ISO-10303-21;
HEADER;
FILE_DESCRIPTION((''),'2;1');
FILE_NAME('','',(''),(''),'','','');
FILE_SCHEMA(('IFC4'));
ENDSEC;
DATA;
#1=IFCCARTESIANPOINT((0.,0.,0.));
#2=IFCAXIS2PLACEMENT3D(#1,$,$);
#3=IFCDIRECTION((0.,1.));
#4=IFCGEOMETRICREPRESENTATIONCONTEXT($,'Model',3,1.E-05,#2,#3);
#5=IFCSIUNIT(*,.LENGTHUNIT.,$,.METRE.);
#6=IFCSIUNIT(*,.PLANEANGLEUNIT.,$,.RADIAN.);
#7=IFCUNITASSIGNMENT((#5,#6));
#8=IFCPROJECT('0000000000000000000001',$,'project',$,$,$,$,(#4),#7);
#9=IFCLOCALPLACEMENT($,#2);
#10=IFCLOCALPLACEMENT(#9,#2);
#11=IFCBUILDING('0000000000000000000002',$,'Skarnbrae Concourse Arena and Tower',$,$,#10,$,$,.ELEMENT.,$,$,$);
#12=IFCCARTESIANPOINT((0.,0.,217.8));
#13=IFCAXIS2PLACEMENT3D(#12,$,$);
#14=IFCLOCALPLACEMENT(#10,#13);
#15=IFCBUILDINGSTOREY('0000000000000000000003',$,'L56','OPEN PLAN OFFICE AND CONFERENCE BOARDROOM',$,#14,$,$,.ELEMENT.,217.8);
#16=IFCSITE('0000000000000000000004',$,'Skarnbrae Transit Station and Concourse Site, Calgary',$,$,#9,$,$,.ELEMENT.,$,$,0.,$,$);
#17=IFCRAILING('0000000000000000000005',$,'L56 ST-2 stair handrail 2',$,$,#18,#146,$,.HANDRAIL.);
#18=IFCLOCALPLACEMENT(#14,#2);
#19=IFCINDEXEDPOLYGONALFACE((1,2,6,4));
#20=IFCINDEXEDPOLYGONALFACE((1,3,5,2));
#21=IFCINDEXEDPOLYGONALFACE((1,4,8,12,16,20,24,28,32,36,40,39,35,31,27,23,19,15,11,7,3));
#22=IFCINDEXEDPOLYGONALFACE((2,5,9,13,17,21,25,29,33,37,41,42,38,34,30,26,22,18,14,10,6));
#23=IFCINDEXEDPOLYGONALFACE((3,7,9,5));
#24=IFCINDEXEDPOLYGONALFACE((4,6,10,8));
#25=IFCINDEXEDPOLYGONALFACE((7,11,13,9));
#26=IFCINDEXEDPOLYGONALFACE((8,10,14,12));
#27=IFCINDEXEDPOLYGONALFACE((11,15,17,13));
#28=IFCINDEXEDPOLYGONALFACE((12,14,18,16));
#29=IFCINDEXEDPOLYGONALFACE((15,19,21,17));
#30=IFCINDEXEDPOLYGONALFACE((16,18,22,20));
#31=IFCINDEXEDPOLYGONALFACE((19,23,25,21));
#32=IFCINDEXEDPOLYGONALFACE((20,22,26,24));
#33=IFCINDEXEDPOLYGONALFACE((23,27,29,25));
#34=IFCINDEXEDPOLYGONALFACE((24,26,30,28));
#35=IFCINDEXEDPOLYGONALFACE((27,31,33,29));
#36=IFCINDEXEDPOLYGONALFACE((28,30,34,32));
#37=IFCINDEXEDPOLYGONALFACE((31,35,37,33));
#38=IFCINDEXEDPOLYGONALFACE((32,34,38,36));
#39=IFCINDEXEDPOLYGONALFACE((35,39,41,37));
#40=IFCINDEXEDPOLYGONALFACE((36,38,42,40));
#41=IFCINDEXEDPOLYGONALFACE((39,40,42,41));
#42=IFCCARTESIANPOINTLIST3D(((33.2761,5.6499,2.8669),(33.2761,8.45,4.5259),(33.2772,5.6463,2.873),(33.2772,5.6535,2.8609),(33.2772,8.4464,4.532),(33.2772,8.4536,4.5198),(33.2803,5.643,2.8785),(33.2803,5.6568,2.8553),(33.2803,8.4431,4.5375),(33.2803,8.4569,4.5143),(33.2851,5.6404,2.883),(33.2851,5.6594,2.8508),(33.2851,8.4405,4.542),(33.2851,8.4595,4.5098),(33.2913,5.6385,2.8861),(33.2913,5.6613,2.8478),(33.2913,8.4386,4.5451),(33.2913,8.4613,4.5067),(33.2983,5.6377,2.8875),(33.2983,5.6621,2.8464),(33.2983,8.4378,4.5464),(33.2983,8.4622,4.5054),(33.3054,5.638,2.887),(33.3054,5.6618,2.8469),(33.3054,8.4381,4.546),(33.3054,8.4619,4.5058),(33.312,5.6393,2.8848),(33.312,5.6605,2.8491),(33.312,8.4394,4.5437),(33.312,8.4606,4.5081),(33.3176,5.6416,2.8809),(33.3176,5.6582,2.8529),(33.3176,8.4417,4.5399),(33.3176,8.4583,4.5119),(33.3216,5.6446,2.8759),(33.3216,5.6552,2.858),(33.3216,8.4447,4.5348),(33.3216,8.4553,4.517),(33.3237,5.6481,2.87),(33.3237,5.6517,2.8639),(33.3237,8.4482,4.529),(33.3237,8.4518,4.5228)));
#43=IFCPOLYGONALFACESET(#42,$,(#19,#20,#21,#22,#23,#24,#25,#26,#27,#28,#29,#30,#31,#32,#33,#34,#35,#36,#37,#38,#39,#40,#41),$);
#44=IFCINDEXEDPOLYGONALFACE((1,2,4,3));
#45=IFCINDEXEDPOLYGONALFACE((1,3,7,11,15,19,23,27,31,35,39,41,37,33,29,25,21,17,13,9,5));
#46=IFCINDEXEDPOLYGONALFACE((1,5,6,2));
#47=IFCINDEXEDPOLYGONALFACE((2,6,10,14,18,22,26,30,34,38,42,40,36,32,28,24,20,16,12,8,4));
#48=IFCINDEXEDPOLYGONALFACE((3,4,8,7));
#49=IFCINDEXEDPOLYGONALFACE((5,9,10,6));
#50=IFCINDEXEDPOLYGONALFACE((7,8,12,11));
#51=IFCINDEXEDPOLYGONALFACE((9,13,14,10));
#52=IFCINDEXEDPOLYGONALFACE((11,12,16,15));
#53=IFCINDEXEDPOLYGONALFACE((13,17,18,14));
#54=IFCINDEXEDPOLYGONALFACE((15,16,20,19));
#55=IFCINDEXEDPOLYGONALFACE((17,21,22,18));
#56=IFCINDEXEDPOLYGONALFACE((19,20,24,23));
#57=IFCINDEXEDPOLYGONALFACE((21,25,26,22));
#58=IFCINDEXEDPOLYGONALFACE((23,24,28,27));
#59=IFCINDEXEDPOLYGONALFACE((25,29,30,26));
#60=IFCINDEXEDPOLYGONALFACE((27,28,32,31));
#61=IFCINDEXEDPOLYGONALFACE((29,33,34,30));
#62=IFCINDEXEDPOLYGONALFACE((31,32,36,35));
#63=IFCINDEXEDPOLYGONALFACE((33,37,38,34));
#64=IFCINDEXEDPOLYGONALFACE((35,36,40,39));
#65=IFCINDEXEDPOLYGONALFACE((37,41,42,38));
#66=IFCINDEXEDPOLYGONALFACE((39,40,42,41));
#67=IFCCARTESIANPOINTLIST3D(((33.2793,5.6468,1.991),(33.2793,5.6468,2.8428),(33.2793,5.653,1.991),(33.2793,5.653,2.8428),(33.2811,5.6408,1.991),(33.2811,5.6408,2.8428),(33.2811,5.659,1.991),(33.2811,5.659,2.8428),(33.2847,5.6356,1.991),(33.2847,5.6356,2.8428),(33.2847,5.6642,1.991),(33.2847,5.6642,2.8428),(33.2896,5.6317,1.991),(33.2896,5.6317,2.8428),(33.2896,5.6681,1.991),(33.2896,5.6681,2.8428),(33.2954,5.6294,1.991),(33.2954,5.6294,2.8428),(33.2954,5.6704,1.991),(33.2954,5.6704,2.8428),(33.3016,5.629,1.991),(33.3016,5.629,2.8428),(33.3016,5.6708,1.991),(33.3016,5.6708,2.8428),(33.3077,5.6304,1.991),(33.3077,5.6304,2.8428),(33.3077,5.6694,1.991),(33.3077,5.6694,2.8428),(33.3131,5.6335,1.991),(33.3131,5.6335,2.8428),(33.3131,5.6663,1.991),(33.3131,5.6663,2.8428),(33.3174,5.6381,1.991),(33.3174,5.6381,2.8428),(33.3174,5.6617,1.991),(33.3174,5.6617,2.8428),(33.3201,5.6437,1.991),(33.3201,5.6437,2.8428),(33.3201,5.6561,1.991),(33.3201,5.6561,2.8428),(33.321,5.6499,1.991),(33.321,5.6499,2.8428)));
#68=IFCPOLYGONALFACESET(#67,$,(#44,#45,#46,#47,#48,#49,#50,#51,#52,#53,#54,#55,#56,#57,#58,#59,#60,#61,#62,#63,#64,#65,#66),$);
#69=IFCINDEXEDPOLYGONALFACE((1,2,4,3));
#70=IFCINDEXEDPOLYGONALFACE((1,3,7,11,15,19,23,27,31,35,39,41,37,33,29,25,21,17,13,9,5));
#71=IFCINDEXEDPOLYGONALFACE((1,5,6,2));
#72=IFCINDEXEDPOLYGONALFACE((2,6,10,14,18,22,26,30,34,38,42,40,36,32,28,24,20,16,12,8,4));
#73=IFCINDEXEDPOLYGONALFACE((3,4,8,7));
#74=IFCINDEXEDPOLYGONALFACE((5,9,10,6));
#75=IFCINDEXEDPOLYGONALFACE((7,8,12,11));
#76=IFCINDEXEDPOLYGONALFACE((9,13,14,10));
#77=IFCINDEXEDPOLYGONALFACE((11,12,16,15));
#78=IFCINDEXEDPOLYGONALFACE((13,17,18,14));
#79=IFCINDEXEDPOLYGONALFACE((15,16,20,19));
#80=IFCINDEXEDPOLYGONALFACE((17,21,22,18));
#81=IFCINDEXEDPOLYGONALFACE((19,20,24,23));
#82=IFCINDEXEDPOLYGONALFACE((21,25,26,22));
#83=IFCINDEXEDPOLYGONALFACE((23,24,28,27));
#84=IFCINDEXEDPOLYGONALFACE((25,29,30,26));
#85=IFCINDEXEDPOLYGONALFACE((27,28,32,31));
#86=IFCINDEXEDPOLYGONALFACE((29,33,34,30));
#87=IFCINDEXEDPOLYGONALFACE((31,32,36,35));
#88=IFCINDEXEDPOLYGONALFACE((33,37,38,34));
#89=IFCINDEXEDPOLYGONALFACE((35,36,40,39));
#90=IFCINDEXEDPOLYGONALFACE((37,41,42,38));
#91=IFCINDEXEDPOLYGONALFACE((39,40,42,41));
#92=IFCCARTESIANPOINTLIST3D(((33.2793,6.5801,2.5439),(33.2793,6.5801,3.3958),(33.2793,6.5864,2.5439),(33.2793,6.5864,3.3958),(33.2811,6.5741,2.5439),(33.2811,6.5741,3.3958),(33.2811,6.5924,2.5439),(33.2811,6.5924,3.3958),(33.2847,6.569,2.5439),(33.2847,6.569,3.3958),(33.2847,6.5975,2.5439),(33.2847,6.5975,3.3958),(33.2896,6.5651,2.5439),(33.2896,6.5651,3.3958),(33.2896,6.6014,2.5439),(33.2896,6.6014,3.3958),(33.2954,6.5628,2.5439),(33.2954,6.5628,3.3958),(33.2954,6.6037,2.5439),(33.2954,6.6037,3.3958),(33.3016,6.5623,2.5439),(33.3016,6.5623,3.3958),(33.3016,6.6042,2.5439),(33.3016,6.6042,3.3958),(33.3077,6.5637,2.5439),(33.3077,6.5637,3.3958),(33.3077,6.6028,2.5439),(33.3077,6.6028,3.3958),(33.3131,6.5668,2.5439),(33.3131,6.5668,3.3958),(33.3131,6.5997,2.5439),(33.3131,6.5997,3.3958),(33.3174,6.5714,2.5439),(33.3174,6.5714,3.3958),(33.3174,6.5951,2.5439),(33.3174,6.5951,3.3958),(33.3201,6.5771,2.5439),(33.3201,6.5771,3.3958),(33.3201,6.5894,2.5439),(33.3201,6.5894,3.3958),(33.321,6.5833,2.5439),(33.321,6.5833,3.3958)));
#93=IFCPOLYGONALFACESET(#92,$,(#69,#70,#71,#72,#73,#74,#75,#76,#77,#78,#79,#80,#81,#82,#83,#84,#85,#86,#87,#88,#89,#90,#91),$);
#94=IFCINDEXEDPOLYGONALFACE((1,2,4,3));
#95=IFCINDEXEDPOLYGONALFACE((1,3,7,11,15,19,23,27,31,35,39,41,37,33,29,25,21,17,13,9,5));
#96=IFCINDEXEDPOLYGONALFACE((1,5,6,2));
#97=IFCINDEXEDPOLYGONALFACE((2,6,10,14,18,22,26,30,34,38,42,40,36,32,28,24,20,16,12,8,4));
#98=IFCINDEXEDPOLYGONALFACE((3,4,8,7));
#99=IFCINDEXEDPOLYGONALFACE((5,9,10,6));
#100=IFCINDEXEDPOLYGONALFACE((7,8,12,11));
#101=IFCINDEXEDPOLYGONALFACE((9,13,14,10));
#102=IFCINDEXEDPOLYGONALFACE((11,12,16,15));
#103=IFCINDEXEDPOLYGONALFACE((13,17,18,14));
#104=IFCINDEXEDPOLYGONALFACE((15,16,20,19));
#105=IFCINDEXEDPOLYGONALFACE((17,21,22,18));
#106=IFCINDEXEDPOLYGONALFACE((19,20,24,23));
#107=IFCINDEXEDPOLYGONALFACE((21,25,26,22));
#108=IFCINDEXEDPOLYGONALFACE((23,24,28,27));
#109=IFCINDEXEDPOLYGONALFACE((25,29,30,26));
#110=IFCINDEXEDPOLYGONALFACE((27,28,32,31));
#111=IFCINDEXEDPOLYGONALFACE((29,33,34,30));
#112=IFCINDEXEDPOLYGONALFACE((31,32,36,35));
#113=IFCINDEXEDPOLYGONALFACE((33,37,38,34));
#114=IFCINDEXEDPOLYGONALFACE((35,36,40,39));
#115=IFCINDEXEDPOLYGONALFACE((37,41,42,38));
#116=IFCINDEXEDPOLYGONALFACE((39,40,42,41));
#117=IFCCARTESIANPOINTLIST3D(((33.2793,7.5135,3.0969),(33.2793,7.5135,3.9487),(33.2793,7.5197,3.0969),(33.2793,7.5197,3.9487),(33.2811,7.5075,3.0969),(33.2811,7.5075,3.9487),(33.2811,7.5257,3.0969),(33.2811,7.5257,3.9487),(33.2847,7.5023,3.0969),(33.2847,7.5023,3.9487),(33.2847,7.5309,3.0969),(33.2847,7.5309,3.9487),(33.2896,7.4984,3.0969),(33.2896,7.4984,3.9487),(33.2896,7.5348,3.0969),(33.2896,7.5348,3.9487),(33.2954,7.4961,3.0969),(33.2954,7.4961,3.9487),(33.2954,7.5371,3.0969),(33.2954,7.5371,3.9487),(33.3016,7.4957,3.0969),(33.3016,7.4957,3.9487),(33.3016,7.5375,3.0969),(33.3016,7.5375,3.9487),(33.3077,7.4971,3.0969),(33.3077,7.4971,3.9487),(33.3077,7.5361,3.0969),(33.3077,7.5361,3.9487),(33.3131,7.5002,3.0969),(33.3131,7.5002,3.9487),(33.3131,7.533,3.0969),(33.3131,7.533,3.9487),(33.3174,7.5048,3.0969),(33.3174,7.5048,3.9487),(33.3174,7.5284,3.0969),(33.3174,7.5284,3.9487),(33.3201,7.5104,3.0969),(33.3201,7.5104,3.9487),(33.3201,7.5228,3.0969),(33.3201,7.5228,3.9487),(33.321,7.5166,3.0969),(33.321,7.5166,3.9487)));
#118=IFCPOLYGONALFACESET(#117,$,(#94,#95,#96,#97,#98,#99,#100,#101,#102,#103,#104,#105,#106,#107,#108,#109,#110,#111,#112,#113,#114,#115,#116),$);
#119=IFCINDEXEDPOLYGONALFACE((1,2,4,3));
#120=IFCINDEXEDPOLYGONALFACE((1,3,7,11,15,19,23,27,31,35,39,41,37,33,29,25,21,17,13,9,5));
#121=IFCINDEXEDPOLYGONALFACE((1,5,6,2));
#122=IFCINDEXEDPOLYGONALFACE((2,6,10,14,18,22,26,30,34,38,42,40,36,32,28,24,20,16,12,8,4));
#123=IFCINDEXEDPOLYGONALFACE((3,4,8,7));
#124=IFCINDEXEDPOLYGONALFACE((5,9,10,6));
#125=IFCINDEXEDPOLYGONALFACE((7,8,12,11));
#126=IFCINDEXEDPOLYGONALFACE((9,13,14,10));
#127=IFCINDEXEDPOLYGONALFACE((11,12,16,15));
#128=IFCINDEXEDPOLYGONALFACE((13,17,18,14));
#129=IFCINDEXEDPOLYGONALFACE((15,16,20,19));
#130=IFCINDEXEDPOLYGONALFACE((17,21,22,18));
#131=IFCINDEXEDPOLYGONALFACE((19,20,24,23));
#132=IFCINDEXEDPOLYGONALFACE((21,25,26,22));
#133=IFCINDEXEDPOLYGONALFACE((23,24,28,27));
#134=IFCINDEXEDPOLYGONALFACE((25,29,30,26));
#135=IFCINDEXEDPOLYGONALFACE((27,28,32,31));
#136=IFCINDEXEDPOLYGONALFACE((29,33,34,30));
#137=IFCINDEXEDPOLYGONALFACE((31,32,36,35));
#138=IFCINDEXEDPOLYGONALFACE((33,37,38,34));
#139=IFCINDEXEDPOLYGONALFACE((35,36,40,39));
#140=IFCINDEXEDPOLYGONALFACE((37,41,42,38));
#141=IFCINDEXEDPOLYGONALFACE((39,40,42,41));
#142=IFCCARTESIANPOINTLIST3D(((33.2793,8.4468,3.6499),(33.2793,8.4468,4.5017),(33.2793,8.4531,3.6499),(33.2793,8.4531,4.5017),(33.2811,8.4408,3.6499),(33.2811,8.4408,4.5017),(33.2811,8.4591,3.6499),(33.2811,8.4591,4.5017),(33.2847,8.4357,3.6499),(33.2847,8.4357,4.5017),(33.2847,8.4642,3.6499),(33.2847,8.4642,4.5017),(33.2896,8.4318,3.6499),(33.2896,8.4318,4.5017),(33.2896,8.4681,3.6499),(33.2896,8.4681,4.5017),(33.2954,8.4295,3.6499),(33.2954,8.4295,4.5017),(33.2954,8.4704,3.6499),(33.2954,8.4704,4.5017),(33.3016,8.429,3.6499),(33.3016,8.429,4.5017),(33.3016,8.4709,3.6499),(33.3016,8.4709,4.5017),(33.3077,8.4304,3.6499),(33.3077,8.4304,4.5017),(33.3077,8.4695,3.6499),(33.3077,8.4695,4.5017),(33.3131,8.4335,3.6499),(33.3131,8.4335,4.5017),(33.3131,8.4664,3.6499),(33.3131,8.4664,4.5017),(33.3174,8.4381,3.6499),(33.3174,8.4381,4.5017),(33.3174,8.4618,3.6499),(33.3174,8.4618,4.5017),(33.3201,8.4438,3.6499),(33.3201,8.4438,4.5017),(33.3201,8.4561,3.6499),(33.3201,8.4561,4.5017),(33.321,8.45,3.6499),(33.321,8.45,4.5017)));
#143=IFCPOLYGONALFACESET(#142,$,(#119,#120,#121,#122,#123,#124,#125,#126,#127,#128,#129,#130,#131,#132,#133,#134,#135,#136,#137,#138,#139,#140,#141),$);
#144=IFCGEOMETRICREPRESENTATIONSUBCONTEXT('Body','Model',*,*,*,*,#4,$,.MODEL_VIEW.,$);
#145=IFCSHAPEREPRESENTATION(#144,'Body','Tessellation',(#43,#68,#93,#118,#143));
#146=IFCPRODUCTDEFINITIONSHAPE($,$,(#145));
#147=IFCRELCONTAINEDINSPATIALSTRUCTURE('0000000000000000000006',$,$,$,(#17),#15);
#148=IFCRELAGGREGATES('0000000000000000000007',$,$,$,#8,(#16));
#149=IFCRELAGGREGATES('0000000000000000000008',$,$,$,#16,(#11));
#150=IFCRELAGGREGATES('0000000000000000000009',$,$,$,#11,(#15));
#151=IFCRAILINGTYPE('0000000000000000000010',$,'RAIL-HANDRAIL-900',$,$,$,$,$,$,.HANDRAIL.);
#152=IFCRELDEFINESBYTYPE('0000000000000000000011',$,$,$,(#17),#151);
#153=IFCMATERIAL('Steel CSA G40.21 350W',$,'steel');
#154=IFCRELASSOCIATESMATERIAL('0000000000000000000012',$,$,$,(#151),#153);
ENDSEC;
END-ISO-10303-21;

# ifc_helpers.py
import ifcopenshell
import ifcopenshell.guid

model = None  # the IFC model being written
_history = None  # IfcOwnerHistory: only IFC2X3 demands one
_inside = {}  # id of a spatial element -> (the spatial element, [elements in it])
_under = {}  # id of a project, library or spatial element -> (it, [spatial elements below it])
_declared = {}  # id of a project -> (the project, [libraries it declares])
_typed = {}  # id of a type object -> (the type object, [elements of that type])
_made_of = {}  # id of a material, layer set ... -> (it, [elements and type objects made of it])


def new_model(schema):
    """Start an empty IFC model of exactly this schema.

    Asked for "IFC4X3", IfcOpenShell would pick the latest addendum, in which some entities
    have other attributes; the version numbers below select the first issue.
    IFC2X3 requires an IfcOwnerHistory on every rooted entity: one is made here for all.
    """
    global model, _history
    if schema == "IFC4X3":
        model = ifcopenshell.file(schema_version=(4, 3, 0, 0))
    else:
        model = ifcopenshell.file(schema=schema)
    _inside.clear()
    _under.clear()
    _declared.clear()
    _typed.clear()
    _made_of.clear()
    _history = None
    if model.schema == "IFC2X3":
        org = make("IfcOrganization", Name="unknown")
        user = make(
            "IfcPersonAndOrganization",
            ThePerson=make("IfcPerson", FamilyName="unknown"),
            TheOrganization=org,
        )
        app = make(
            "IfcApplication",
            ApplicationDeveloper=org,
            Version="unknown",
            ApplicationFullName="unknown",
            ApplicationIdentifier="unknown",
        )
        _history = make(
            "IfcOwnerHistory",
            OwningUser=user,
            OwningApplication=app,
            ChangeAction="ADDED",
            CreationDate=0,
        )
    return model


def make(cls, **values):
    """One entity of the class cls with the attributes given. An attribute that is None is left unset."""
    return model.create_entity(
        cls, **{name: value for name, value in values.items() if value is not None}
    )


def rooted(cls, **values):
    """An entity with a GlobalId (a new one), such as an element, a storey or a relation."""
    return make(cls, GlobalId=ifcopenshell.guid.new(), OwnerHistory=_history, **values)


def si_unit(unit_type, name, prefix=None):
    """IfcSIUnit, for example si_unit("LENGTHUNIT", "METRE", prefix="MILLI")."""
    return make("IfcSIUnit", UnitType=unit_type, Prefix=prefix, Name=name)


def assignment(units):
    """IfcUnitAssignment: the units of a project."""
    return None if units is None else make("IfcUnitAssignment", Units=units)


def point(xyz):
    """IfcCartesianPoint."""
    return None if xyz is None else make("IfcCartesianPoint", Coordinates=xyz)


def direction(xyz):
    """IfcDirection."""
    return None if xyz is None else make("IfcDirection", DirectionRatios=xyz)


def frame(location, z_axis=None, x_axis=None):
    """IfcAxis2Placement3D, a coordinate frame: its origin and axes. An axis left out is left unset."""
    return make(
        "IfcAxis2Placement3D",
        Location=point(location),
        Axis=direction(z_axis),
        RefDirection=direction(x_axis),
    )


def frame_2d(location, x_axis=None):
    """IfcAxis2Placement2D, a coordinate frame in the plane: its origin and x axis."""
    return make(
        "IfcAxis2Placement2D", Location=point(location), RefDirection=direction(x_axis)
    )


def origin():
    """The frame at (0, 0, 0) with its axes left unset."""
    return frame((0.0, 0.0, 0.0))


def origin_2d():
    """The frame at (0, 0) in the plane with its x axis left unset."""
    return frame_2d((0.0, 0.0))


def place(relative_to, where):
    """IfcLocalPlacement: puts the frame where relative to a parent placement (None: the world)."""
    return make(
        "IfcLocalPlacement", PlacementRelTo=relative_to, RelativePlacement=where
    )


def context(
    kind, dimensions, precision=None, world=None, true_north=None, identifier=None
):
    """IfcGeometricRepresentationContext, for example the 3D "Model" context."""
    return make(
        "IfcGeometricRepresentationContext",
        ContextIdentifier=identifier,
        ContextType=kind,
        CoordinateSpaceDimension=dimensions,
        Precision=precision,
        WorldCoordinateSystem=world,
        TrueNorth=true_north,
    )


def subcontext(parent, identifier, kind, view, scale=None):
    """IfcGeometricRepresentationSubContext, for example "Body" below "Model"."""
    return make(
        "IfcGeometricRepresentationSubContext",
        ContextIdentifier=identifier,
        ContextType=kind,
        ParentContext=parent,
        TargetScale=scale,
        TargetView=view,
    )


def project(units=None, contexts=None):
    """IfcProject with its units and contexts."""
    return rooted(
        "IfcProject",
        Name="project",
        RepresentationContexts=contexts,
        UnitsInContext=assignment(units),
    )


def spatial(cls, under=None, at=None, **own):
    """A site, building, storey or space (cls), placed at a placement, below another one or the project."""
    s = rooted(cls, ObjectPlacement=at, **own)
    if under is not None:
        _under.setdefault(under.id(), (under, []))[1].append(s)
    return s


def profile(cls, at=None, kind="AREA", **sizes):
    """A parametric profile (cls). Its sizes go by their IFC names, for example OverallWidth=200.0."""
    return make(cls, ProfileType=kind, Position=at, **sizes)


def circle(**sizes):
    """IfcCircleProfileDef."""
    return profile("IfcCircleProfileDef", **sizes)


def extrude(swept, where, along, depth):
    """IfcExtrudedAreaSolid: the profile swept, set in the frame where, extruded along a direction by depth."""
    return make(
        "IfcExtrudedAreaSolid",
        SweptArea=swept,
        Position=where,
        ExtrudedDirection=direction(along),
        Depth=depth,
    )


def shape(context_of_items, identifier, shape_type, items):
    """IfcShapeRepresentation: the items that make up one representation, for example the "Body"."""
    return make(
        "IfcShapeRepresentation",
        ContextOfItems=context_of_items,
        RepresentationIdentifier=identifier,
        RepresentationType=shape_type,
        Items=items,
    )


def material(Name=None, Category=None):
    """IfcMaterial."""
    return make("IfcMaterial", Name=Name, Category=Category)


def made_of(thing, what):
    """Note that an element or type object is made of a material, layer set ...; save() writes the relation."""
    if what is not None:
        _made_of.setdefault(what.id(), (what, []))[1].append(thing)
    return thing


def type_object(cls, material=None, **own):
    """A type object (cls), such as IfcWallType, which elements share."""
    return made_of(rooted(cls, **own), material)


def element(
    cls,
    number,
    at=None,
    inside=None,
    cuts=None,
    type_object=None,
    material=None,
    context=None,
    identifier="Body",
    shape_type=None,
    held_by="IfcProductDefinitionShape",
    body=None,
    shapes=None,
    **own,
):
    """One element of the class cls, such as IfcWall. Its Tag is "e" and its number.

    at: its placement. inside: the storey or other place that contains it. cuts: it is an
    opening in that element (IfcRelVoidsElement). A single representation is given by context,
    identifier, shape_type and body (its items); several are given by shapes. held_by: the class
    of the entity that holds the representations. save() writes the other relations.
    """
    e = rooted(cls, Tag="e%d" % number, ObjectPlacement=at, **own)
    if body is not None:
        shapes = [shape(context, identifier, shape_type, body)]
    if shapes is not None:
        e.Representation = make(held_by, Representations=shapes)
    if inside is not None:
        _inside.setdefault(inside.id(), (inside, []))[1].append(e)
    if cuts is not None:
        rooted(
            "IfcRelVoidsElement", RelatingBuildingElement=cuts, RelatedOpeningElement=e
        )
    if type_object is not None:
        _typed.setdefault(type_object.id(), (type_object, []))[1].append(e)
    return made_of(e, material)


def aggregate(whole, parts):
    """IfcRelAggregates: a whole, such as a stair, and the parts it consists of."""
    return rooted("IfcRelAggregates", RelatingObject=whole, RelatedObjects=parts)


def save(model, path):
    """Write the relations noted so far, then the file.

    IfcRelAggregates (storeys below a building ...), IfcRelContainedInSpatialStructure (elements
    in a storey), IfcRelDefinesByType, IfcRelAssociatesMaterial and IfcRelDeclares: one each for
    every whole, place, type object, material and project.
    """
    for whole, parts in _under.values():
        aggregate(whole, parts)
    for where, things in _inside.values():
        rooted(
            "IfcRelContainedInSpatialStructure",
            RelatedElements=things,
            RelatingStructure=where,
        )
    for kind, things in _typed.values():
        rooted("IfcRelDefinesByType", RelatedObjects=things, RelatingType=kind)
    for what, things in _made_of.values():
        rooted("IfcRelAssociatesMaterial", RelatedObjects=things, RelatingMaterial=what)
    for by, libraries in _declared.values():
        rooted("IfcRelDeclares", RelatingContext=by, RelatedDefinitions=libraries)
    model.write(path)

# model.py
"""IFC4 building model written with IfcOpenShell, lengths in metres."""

from ifc_helpers import new_model, si_unit, direction, frame, origin, origin_2d, place, context, subcontext, project, spatial, circle, extrude, material, type_object, element, save


model = new_model("IFC4")

# Units and contexts
model_context = context("Model", 3, precision=1e-05, world=origin(), true_north=direction((0.0, 1.0)))
body_context = subcontext(model_context, "Body", "Model", "MODEL_VIEW")
ifc_project = project(units=[si_unit("LENGTHUNIT", "METRE"), si_unit("PLANEANGLEUNIT", "RADIAN")], contexts=[model_context])

# Site, building, storey
site_placement = place(None, origin())
site = spatial("IfcSite", under=ifc_project, at=site_placement, Name="Skarnbrae Transit Station and Concourse Site, Calgary", CompositionType="ELEMENT", RefElevation=0.0)
building_placement = place(site_placement, origin())
building = spatial("IfcBuilding", under=site, at=building_placement, Name="Skarnbrae Concourse Arena and Tower", CompositionType="ELEMENT")
storey_placement = place(building_placement, frame((0.0, 0.0, 217.8)))
storey = spatial("IfcBuildingStorey", under=building, at=storey_placement, Name="L56", Description="OPEN PLAN OFFICE AND CONFERENCE BOARDROOM", CompositionType="ELEMENT", Elevation=217.8)

# Shared definitions
ifc_material_1 = material(Name="Steel CSA G40.21 350W", Category="steel")

# Railing
railing_type_1 = type_object("IfcRailingType", Name="RAIL-HANDRAIL-900", PredefinedType="HANDRAIL", material=ifc_material_1)
railing_1_placement = place(storey_placement, frame((33.3, 5.6499, 1.991)))
element("IfcRailing", 1, at=railing_1_placement, inside=storey, type_object=railing_type_1, Name="L56 ST-2 stair handrail 2", PredefinedType="HANDRAIL", context=body_context, shape_type="SweptSolid", body=[
    extrude(circle(Radius=0.0239, at=origin_2d()), frame((0.0, 0.0, 0.876), z_axis=(0.0, 0.860339, 0.509722), x_axis=(-1.0, 0.0, 0.0)), (0.0, 0.0, 1.0), 3.2546),
    extrude(circle(Radius=0.021, at=origin_2d()), origin(), (0.0, 0.0, 1.0), 0.8518),
    extrude(circle(Radius=0.021, at=origin_2d()), frame((0.0, 0.9333, 0.553)), (0.0, 0.0, 1.0), 0.8518),
    extrude(circle(Radius=0.021, at=origin_2d()), frame((0.0, 1.8667, 1.106)), (0.0, 0.0, 1.0), 0.8518),
    extrude(circle(Radius=0.021, at=origin_2d()), frame((0.0, 2.8, 1.6589)), (0.0, 0.0, 1.0), 0.8518),
])

save(model, "model.ifc")
